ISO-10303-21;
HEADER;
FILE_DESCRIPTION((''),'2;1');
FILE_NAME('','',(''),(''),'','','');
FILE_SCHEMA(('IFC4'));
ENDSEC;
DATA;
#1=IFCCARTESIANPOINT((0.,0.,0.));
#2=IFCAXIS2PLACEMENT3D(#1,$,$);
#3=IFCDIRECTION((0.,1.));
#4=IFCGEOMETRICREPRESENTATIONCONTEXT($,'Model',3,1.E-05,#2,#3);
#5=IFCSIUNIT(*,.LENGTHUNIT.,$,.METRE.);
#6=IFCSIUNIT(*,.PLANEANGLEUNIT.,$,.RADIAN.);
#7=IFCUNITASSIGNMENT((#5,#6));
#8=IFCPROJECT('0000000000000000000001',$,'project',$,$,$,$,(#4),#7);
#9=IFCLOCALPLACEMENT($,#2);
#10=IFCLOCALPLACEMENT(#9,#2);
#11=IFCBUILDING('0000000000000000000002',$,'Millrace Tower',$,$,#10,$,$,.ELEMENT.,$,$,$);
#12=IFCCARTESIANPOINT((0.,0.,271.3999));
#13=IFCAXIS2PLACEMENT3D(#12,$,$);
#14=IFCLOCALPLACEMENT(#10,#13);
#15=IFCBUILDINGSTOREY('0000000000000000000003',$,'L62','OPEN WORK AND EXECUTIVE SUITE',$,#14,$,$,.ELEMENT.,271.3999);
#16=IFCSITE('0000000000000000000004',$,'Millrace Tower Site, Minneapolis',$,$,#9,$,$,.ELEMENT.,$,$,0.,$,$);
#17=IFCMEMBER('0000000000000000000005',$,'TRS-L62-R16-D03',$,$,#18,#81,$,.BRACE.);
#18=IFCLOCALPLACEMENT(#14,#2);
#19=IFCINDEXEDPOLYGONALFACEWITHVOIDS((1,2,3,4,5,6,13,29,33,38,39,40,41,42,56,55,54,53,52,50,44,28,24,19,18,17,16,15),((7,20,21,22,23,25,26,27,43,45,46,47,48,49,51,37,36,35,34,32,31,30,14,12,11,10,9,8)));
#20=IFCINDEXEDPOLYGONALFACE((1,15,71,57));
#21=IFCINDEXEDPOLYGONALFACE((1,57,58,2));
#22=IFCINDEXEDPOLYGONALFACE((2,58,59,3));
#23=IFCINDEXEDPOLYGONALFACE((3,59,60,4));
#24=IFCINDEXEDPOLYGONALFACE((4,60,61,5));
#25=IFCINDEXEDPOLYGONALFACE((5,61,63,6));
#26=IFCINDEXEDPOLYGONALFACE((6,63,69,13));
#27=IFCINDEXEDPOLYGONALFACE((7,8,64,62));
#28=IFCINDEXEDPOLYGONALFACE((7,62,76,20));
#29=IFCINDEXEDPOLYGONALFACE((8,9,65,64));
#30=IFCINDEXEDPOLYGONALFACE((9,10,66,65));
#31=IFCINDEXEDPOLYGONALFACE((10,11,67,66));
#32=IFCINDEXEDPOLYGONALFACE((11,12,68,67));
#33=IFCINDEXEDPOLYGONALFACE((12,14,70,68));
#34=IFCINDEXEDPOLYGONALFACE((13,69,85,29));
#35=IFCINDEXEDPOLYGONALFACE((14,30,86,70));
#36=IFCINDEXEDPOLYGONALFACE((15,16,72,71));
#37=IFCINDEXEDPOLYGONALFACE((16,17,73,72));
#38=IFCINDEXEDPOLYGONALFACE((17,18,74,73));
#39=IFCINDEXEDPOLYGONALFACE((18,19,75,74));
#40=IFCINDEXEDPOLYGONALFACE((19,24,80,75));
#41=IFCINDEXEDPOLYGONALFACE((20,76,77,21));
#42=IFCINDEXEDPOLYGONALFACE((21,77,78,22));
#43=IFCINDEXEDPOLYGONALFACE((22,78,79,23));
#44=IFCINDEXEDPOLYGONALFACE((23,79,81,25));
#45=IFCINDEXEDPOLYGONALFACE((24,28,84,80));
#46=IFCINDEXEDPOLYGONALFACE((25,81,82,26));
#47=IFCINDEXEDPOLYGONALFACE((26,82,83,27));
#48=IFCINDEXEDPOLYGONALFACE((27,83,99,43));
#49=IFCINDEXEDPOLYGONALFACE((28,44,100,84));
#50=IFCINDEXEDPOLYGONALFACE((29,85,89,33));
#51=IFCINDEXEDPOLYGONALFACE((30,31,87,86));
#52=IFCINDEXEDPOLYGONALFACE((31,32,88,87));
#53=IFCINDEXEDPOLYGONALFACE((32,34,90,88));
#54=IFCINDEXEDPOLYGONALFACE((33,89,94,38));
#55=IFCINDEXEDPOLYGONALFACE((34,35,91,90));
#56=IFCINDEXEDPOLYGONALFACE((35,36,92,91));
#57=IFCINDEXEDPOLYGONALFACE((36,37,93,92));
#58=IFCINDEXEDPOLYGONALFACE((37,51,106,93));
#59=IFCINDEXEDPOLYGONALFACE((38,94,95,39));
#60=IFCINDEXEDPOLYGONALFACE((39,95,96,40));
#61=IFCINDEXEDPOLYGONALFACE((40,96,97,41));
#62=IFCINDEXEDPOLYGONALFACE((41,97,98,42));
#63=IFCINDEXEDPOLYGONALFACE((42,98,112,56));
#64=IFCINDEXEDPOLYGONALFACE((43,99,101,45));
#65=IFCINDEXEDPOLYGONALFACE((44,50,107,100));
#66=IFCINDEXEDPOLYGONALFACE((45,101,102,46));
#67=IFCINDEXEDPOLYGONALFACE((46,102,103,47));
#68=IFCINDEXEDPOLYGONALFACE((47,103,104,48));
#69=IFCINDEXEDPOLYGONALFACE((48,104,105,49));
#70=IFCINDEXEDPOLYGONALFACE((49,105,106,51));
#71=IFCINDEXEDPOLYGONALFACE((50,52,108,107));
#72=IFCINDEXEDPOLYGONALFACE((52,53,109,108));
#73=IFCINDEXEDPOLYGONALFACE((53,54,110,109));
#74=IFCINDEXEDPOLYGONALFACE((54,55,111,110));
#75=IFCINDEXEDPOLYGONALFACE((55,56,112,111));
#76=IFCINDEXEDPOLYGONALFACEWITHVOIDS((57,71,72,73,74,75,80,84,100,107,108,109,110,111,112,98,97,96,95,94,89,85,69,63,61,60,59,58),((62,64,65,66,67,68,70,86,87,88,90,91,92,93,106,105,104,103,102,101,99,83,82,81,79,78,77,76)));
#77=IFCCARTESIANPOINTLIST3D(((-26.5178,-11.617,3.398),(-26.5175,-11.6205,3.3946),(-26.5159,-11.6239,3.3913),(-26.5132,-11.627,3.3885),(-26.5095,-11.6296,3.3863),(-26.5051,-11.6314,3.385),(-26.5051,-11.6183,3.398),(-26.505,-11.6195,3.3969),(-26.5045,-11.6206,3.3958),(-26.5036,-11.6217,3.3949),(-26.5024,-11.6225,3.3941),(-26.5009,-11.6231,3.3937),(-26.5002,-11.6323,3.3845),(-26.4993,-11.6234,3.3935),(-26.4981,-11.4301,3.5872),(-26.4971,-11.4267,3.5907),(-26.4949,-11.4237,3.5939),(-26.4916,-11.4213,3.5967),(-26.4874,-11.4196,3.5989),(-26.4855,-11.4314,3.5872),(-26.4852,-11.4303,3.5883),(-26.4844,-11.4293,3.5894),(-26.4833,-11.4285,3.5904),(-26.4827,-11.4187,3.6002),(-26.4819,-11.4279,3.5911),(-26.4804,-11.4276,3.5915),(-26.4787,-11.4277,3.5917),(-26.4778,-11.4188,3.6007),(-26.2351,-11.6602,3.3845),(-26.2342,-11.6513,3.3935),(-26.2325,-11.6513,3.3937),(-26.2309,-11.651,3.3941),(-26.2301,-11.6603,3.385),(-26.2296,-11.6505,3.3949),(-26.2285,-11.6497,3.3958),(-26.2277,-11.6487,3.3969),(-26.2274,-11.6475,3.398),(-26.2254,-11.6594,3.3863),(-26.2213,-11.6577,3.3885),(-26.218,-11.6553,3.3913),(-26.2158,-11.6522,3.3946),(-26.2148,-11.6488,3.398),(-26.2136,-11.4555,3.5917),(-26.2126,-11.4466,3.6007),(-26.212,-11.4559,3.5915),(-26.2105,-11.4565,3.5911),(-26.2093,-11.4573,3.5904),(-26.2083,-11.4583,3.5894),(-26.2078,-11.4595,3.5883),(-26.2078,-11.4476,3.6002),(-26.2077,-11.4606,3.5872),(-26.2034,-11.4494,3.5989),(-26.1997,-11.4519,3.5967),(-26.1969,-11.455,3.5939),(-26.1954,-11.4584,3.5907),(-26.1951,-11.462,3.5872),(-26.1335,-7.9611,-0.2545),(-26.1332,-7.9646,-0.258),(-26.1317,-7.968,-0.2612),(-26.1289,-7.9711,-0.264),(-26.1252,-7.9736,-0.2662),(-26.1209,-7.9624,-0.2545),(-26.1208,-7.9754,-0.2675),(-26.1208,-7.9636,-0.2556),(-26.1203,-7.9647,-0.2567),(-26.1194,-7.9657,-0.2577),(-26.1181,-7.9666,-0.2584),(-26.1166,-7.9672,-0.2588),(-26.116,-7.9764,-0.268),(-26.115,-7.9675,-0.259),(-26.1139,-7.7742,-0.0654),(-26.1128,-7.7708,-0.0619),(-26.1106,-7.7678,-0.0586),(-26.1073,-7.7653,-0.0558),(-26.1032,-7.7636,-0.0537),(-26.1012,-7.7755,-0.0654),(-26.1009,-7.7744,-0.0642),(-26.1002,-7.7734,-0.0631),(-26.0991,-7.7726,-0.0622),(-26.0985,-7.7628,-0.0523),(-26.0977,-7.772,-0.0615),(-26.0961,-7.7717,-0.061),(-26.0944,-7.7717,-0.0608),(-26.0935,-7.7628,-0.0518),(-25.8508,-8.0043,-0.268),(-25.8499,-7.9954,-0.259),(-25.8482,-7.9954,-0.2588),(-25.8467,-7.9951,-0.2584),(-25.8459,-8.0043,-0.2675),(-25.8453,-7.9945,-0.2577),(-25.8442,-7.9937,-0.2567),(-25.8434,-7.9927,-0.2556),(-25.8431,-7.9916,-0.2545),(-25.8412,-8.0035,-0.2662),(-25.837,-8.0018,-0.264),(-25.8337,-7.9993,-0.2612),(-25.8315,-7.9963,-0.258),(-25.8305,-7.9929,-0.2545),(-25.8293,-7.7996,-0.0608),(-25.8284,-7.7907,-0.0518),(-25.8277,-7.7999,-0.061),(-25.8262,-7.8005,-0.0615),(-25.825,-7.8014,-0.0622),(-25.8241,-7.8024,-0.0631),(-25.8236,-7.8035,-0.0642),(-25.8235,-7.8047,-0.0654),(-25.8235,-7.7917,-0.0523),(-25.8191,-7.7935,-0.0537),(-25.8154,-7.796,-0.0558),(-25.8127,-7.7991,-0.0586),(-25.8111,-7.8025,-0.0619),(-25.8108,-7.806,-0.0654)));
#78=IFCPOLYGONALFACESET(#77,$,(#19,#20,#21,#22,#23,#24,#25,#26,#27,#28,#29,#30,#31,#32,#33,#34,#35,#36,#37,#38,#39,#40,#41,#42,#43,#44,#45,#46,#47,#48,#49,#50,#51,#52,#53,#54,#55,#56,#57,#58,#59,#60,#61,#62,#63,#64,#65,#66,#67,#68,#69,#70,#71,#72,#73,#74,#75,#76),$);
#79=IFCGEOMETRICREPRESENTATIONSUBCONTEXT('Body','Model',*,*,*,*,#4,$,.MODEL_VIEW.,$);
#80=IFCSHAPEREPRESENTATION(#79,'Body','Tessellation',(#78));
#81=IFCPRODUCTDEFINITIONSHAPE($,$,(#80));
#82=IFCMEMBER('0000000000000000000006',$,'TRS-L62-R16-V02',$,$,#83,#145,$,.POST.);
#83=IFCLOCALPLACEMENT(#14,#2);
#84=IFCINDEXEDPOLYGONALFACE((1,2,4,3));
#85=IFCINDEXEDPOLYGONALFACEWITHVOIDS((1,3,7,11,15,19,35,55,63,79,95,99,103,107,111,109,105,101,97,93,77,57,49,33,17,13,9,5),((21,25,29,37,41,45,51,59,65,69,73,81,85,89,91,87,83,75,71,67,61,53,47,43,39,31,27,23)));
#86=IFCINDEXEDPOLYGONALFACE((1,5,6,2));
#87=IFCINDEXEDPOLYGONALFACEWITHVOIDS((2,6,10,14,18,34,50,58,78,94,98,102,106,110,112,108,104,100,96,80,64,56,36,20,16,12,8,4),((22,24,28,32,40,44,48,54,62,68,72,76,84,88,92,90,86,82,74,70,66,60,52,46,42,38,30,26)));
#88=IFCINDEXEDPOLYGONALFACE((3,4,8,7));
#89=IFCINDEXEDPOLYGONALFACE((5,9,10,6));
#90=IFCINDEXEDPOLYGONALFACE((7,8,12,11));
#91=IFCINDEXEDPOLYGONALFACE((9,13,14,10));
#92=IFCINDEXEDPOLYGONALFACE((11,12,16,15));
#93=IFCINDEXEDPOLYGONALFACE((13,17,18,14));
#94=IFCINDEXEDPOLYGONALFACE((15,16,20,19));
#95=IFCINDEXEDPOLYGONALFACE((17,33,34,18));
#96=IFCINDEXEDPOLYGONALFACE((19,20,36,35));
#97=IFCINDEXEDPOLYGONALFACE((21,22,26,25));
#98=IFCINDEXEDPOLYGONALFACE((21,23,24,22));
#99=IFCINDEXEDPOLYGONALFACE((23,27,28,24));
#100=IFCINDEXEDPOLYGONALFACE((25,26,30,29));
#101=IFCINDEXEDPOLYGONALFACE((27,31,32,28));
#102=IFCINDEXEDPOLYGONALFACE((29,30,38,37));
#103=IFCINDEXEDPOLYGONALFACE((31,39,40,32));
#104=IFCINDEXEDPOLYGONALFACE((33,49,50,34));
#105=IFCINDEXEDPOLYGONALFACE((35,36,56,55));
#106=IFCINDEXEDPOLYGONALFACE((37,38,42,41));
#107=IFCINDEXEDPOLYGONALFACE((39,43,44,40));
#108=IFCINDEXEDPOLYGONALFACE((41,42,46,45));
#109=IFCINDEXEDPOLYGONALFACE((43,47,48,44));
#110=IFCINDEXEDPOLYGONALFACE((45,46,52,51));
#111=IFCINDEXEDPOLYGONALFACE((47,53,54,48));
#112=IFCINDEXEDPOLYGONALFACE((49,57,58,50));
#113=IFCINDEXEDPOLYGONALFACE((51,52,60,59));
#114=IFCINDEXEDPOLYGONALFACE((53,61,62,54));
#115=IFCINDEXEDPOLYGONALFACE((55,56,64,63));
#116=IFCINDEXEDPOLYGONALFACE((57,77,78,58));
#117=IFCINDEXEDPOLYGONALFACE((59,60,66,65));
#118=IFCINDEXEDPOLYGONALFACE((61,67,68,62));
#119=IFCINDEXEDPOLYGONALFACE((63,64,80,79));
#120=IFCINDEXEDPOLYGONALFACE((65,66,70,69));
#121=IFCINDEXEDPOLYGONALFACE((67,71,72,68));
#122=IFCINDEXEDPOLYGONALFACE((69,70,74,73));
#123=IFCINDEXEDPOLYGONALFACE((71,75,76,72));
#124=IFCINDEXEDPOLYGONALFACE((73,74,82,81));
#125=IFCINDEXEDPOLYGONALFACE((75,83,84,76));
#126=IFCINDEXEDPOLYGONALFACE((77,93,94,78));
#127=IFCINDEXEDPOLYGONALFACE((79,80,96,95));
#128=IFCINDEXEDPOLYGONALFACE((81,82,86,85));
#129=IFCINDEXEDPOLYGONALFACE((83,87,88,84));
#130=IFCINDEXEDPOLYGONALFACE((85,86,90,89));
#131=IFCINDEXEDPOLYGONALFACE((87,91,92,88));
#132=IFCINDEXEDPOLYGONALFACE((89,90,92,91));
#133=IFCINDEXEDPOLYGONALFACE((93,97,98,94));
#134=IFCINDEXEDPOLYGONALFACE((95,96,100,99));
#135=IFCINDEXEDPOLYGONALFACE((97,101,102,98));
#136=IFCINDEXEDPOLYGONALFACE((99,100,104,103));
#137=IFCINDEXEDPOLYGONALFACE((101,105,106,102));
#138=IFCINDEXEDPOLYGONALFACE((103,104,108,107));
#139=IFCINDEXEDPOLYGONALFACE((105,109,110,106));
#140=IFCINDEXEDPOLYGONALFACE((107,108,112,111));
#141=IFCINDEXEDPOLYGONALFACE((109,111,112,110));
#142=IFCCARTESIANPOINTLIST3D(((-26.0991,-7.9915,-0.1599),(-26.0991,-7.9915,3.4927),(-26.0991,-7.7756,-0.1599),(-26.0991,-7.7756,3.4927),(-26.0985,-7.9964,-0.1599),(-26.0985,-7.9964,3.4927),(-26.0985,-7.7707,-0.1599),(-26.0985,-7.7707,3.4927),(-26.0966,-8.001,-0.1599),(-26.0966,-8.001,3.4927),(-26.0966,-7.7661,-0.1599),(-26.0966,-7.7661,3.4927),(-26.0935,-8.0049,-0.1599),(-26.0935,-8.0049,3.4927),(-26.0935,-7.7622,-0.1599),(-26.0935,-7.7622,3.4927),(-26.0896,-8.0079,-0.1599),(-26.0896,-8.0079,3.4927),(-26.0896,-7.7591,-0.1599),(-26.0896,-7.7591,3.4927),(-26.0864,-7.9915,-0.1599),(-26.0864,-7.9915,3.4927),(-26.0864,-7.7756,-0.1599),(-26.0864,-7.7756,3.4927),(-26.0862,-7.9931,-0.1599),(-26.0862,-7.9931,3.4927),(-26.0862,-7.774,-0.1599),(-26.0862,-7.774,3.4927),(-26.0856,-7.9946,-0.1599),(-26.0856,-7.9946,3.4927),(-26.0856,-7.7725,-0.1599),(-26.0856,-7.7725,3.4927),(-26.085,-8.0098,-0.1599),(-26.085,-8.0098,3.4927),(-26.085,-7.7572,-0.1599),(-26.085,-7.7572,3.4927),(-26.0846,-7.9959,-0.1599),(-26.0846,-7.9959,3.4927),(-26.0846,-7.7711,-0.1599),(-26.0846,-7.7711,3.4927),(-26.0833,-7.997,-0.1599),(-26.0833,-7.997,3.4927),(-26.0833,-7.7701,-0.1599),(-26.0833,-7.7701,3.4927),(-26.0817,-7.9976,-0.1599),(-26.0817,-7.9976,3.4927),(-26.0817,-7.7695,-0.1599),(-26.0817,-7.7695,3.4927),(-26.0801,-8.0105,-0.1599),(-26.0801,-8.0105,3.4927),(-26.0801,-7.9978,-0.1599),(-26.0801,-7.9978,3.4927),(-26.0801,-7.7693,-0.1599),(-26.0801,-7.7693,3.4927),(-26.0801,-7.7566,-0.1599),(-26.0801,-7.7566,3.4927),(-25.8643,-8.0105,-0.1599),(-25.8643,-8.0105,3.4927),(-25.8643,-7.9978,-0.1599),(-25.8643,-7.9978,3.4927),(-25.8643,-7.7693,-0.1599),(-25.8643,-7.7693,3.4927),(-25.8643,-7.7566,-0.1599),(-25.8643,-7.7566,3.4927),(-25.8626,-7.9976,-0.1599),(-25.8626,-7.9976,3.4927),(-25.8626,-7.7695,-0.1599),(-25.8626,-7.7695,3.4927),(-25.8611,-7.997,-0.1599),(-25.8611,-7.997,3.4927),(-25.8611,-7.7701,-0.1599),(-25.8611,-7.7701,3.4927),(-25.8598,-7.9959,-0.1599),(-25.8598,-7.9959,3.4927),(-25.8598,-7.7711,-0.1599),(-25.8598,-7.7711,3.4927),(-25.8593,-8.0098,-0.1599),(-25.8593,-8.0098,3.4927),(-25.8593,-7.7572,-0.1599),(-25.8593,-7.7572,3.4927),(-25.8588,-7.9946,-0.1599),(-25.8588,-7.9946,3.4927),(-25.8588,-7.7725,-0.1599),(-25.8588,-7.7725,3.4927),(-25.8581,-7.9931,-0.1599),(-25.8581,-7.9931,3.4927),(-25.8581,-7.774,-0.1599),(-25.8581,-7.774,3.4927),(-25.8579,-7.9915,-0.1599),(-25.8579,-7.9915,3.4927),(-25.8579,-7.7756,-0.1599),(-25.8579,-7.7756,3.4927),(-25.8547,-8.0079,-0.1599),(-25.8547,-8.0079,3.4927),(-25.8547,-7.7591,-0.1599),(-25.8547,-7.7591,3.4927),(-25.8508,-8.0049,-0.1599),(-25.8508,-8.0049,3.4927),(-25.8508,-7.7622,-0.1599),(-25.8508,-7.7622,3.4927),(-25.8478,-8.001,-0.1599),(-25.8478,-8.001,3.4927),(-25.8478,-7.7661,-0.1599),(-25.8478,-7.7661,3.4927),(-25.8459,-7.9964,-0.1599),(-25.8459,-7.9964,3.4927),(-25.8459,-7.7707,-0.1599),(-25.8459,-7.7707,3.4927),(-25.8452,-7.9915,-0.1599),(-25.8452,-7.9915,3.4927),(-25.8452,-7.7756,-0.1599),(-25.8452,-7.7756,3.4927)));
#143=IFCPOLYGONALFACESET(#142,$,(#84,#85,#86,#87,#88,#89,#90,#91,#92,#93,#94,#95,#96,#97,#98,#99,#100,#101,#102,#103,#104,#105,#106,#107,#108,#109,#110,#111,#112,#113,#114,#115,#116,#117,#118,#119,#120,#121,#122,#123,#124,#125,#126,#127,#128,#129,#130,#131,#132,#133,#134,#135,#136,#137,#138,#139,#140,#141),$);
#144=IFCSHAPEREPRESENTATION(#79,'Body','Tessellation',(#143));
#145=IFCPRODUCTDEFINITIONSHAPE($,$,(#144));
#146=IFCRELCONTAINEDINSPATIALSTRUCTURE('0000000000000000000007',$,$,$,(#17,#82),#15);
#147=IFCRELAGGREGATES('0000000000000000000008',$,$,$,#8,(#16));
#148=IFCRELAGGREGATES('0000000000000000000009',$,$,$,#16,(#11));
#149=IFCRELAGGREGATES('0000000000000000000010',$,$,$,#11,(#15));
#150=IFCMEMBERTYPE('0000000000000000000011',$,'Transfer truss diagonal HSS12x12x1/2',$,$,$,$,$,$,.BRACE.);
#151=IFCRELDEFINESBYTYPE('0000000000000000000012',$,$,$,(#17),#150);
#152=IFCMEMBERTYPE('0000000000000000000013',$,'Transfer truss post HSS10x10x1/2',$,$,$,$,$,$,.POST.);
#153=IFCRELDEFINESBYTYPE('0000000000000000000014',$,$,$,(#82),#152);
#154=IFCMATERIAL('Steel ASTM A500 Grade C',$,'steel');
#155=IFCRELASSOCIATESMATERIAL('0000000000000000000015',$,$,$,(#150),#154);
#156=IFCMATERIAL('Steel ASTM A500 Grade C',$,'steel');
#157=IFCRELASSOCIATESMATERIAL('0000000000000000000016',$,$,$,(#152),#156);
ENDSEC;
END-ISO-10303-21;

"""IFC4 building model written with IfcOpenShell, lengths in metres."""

from ifc_helpers import new_model, si_unit, direction, frame, origin, origin_2d, place, context, subcontext, project, spatial, hollow_rectangle, extrude, material, material_profile, profile_set, type_object, element, save


model = new_model("IFC4")

# Units and contexts
model_context = context("Model", 3, precision=1e-05, world=origin(), true_north=direction((0.0, 1.0)))
body_context = subcontext(model_context, "Body", "Model", "MODEL_VIEW")
ifc_project = project(units=[si_unit("LENGTHUNIT", "METRE"), si_unit("PLANEANGLEUNIT", "RADIAN")], contexts=[model_context])

# Site, building, storey
site_placement = place(None, origin())
site = spatial("IfcSite", under=ifc_project, at=site_placement, Name="Millrace Tower Site, Minneapolis", CompositionType="ELEMENT", RefElevation=0.0)
building_placement = place(site_placement, origin())
building = spatial("IfcBuilding", under=site, at=building_placement, Name="Millrace Tower", CompositionType="ELEMENT")
storey_placement = place(building_placement, frame((0.0, 0.0, 271.3999)))
storey = spatial("IfcBuildingStorey", under=building, at=storey_placement, Name="L62", Description="OPEN WORK AND EXECUTIVE SUITE", CompositionType="ELEMENT", Elevation=271.3999)

# Members
ifc_material_1 = material(Name="Steel ASTM A500 Grade C", Category="steel")
ifc_material_profile_1 = material_profile(ifc_material_1, hollow_rectangle(XDim=0.3047, YDim=0.3047, WallThickness=0.0127, InnerFilletRadius=0.0063, OuterFilletRadius=0.019, at=origin_2d()))
ifc_profile_set_1 = profile_set([ifc_material_profile_1], Name="Steel ASTM A500 Grade C")
member_type_1 = type_object("IfcMemberType", Name="Transfer truss diagonal HSS12x12x1/2", PredefinedType="BRACE", material=ifc_profile_set_1)
member_1_placement = place(storey_placement, frame((-25.9722, -7.8835, -0.1599), z_axis=(-0.074153, -0.70549, 0.70483), x_axis=(0.994521, -0.104533, 0.0)))
element("IfcMember", 1, at=member_1_placement, inside=storey, type_object=member_type_1, Name="TRS-L62-R16-D03", PredefinedType="BRACE", context=body_context, shape_type="SweptSolid", body=[
    extrude(hollow_rectangle(XDim=0.3047, YDim=0.3047, WallThickness=0.0127, InnerFilletRadius=0.0063, OuterFilletRadius=0.019, at=origin_2d()), origin(), (0.0, 0.0, 1.0), 5.1821),
])
ifc_material_2 = material(Name="Steel ASTM A500 Grade C", Category="steel")
ifc_material_profile_2 = material_profile(ifc_material_2, hollow_rectangle(XDim=0.2539, YDim=0.2539, WallThickness=0.0127, InnerFilletRadius=0.0063, OuterFilletRadius=0.019, at=origin_2d()))
ifc_profile_set_2 = profile_set([ifc_material_profile_2], Name="Steel ASTM A500 Grade C")
member_type_2 = type_object("IfcMemberType", Name="Transfer truss post HSS10x10x1/2", PredefinedType="POST", material=ifc_profile_set_2)
member_2_placement = place(storey_placement, frame((-25.9722, -7.8835, -0.1599), z_axis=(0.0, 0.0, 1.0), x_axis=(1.0, 0.0, 0.0)))
element("IfcMember", 2, at=member_2_placement, inside=storey, type_object=member_type_2, Name="TRS-L62-R16-V02", PredefinedType="POST", context=body_context, shape_type="SweptSolid", body=[
    extrude(hollow_rectangle(XDim=0.2539, YDim=0.2539, WallThickness=0.0127, InnerFilletRadius=0.0063, OuterFilletRadius=0.019, at=origin_2d()), origin(), (0.0, 0.0, 1.0), 3.6526),
])

save(model, "model.ifc")
